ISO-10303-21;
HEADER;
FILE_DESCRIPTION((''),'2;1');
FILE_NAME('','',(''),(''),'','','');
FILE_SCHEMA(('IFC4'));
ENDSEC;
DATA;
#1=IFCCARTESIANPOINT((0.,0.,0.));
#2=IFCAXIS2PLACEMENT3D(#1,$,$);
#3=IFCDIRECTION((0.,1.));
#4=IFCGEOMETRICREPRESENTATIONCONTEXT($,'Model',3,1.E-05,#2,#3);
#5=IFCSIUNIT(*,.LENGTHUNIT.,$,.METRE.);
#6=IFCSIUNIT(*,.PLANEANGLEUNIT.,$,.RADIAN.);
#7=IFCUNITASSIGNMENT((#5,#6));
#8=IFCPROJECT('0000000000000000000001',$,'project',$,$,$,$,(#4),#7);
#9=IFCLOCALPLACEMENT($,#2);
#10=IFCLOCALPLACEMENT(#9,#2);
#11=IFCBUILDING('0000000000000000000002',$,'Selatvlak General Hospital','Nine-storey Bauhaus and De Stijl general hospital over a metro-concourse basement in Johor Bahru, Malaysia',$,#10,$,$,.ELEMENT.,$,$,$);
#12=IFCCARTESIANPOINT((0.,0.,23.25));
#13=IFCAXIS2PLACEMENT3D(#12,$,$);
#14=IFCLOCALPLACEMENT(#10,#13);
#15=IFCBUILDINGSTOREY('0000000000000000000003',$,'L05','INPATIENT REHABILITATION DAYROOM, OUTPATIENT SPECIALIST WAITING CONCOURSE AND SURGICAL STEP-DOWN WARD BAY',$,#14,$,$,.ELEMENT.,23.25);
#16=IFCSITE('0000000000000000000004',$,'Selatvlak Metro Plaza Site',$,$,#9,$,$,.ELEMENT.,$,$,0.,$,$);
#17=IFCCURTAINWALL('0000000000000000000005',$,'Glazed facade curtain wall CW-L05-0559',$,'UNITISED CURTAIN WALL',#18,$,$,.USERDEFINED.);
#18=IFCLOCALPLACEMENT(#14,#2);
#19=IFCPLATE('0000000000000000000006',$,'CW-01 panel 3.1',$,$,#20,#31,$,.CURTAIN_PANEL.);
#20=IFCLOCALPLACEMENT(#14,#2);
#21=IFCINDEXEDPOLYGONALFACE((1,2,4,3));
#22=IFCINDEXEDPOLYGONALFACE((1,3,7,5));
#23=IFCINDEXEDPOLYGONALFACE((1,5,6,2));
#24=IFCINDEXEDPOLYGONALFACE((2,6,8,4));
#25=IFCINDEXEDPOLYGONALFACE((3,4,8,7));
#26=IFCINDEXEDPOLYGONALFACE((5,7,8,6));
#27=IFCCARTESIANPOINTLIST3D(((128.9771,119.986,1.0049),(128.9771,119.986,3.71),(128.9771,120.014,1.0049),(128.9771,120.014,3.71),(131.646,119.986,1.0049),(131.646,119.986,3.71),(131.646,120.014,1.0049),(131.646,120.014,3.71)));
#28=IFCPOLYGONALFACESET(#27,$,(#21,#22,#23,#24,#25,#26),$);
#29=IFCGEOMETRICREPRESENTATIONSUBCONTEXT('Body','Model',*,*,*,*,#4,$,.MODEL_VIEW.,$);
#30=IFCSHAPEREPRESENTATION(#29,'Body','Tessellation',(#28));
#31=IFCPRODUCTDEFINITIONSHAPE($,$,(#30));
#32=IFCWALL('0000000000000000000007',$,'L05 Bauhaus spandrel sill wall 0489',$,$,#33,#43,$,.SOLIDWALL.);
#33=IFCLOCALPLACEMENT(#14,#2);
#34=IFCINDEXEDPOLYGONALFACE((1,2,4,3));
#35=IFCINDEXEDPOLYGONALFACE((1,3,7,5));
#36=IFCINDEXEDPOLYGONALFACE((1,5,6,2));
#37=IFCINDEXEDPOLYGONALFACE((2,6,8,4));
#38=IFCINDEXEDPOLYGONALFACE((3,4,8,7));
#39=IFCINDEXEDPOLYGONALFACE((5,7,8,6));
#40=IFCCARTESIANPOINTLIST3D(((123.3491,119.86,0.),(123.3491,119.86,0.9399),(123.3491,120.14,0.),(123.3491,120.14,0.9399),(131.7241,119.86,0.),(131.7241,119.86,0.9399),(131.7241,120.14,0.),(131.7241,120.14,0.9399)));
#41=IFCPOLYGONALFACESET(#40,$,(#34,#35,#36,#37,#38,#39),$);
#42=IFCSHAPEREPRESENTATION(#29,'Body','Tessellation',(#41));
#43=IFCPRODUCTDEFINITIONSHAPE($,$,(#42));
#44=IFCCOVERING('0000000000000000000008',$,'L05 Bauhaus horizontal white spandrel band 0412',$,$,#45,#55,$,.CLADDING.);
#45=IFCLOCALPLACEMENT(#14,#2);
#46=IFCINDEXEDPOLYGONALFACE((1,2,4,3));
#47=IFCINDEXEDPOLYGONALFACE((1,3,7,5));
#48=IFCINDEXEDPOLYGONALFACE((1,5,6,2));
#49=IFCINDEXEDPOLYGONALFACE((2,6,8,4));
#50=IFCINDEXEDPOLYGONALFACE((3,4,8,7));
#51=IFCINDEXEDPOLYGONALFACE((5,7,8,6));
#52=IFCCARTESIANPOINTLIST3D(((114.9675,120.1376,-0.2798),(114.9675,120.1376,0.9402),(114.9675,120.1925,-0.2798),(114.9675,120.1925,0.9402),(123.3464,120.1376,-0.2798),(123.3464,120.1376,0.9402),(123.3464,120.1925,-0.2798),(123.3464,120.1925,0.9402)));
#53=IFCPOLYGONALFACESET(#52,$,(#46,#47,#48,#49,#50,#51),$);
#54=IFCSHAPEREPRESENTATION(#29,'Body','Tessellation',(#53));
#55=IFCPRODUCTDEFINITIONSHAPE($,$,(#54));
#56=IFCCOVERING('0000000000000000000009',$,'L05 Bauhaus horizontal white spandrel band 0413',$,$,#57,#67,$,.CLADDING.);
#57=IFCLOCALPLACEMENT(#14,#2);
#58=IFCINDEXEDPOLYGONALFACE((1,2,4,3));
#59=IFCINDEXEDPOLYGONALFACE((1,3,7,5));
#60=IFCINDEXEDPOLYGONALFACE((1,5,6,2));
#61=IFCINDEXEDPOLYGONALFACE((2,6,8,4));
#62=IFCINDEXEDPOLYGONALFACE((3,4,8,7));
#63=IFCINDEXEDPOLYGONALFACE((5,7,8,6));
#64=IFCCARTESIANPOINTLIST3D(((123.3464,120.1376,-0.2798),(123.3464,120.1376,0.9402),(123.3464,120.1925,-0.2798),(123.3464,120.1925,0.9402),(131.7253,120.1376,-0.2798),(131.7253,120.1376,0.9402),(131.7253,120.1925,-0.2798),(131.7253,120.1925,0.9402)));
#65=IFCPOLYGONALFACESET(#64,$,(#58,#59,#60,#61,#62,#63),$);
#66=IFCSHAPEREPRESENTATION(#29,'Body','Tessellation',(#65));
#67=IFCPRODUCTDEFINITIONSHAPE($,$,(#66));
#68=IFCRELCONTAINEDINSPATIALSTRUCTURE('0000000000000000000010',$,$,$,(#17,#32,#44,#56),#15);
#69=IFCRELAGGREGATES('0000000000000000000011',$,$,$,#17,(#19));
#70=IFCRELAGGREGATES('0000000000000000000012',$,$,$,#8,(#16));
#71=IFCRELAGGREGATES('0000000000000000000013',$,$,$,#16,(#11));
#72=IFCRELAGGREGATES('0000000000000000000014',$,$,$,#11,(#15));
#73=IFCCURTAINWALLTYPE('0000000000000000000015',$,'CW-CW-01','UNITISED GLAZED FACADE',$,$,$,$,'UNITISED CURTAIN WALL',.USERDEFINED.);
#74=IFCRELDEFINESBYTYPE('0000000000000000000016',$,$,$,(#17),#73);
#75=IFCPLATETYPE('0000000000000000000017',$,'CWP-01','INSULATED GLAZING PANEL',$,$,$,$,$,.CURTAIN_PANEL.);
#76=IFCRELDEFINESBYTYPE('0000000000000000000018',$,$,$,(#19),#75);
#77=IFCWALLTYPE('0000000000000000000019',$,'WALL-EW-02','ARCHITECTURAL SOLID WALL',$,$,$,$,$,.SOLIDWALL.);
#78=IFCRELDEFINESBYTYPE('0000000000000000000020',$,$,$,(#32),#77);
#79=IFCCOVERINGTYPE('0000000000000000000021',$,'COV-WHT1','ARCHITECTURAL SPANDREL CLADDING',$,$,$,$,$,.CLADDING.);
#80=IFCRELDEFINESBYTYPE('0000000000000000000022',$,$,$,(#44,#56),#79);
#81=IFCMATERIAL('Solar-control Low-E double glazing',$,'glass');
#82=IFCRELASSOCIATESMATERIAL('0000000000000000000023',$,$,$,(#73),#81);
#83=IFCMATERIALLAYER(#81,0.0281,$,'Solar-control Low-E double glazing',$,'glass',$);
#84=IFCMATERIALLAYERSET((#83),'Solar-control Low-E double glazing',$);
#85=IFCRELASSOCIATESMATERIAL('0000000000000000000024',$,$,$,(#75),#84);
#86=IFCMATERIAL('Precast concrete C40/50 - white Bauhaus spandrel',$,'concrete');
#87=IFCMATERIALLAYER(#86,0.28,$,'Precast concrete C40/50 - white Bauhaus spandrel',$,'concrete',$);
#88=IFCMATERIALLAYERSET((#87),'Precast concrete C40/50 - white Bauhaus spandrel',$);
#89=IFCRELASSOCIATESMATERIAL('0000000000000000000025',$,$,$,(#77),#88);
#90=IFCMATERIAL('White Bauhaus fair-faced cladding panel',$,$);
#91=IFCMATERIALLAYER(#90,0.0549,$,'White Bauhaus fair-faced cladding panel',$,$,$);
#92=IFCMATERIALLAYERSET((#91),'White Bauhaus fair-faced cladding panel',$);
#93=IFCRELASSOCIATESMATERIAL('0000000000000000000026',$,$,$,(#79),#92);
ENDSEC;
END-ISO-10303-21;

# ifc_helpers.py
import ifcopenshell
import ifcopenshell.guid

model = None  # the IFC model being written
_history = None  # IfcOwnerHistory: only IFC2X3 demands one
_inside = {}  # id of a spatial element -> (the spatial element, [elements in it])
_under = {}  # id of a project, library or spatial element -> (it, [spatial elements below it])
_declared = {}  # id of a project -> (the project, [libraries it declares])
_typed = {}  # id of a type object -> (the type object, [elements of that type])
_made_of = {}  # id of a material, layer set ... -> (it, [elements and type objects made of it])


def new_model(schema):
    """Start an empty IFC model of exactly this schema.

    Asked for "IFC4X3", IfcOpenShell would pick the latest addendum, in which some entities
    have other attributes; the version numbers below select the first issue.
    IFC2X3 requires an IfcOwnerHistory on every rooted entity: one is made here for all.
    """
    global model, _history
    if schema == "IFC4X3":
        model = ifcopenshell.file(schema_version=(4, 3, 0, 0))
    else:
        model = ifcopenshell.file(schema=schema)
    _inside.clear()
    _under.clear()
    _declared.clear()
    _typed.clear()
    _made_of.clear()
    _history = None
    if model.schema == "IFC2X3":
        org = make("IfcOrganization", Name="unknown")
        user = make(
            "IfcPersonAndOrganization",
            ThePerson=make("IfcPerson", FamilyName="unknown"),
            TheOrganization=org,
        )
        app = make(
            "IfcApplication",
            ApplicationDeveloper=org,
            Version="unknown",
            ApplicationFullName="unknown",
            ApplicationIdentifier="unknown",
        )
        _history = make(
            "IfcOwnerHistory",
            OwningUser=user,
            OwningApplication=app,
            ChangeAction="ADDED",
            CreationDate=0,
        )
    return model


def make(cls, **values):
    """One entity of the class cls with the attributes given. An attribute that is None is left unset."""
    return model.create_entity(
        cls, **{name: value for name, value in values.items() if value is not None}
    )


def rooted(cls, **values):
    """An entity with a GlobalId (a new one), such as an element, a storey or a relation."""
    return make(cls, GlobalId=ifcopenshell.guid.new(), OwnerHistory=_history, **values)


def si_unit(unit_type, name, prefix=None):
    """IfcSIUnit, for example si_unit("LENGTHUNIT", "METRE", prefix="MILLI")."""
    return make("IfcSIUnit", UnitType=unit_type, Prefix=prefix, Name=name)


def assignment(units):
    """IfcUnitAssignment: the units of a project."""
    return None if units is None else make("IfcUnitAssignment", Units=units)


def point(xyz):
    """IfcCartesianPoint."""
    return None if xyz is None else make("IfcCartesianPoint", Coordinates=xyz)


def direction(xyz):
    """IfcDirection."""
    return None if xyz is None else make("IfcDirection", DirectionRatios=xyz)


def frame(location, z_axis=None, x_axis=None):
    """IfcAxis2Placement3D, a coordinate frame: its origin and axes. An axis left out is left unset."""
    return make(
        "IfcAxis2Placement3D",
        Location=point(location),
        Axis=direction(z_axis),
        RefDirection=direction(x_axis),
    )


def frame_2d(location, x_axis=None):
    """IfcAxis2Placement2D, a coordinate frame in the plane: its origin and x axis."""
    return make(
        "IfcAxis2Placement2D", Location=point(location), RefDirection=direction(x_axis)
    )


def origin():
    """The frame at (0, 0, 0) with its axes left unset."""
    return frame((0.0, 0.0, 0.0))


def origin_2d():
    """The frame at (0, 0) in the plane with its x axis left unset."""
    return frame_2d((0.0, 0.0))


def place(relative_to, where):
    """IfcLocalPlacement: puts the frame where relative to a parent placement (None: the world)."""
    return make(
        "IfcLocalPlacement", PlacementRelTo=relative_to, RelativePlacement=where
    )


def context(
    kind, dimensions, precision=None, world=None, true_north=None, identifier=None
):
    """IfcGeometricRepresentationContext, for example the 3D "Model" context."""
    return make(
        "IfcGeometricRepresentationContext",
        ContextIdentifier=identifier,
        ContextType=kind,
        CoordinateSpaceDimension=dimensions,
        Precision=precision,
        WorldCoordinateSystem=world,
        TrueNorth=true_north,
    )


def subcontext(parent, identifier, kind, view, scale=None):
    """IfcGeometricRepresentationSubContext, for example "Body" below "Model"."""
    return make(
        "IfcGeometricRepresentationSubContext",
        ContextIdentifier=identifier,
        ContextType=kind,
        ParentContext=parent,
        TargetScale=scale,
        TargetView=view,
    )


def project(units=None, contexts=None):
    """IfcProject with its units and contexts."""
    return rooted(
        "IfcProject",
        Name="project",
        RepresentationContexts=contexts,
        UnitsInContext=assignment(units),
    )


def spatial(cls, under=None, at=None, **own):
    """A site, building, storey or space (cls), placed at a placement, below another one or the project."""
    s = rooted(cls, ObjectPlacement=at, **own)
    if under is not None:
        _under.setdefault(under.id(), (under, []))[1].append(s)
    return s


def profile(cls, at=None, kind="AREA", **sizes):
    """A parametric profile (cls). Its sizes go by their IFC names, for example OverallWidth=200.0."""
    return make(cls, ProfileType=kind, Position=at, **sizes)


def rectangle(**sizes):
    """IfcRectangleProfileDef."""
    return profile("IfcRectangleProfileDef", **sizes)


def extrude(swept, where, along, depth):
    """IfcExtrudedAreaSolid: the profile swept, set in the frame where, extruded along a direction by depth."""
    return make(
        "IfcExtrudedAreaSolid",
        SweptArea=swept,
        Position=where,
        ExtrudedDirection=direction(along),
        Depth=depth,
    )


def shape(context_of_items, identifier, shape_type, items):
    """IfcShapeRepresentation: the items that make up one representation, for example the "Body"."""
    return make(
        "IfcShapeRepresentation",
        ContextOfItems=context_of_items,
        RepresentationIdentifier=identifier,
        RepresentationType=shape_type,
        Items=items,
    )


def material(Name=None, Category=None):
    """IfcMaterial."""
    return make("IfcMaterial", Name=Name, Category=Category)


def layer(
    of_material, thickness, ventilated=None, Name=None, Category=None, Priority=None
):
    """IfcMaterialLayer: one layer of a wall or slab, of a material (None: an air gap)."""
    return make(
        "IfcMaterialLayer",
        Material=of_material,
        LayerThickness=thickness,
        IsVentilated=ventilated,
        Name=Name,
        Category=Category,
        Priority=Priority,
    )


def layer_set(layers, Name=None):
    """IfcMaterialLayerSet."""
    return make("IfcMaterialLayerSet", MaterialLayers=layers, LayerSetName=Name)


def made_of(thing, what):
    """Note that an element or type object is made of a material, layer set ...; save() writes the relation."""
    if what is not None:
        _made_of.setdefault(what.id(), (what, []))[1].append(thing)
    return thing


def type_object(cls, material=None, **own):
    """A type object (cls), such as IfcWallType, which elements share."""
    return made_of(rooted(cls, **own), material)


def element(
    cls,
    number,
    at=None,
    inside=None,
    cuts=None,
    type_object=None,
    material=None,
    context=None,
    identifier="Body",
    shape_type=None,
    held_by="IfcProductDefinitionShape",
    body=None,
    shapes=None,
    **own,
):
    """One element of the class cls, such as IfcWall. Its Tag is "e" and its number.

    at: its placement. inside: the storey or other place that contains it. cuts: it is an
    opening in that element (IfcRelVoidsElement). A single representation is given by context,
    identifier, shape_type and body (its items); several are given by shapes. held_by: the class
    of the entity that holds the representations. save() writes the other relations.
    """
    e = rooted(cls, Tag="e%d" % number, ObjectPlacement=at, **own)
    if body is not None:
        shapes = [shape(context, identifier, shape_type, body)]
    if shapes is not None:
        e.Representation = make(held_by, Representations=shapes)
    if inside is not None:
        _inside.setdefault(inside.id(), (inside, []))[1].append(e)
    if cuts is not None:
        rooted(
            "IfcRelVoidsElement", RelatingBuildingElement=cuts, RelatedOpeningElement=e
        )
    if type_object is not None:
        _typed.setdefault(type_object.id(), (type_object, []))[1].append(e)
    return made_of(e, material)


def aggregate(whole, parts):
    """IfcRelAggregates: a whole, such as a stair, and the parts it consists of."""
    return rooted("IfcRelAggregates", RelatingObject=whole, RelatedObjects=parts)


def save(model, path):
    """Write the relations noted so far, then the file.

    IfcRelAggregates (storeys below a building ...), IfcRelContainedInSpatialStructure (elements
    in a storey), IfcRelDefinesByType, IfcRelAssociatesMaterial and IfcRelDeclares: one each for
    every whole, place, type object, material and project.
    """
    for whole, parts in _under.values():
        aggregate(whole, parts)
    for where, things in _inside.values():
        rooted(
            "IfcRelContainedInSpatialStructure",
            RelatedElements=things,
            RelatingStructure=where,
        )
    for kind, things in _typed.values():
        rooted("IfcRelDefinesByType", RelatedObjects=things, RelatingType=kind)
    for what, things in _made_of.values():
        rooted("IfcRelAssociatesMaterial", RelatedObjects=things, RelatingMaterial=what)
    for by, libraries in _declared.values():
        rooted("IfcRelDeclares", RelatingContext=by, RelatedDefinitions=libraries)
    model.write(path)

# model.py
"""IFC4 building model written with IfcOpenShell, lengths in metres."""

from ifc_helpers import new_model, si_unit, direction, frame, frame_2d, origin, origin_2d, place, context, subcontext, project, spatial, rectangle, extrude, material, layer, layer_set, type_object, element, aggregate, save


model = new_model("IFC4")

# Units and contexts
model_context = context("Model", 3, precision=1e-05, world=origin(), true_north=direction((0.0, 1.0)))
body_context = subcontext(model_context, "Body", "Model", "MODEL_VIEW")
ifc_project = project(units=[si_unit("LENGTHUNIT", "METRE"), si_unit("PLANEANGLEUNIT", "RADIAN")], contexts=[model_context])

# Site, building, storey
site_placement = place(None, origin())
site = spatial("IfcSite", under=ifc_project, at=site_placement, Name="Selatvlak Metro Plaza Site", CompositionType="ELEMENT", RefElevation=0.0)
building_placement = place(site_placement, origin())
building = spatial("IfcBuilding", under=site, at=building_placement, Name="Selatvlak General Hospital", Description="Nine-storey Bauhaus and De Stijl general hospital over a metro-concourse basement in Johor Bahru, Malaysia", CompositionType="ELEMENT")
storey_placement = place(building_placement, frame((0.0, 0.0, 23.25)))
storey = spatial("IfcBuildingStorey", under=building, at=storey_placement, Name="L05", Description="INPATIENT REHABILITATION DAYROOM, OUTPATIENT SPECIALIST WAITING CONCOURSE AND SURGICAL STEP-DOWN WARD BAY", CompositionType="ELEMENT", Elevation=23.25)

# Curtain wall
ifc_material_1 = material(Name="Solar-control Low-E double glazing", Category="glass")
curtain_wall_type_1 = type_object("IfcCurtainWallType", Name="CW-CW-01", Description="UNITISED GLAZED FACADE", ElementType="UNITISED CURTAIN WALL", PredefinedType="USERDEFINED", material=ifc_material_1)
curtain_wall_1_placement = place(storey_placement, origin())
curtain_wall_1 = element("IfcCurtainWall", 1, at=curtain_wall_1_placement, inside=storey, type_object=curtain_wall_type_1, Name="Glazed facade curtain wall CW-L05-0559", ObjectType="UNITISED CURTAIN WALL", PredefinedType="USERDEFINED")

# Plate
ifc_layer_1 = layer(ifc_material_1, 0.0281, Name="Solar-control Low-E double glazing", Category="glass")
ifc_layer_set_1 = layer_set([ifc_layer_1], Name="Solar-control Low-E double glazing")
plate_type = type_object("IfcPlateType", Name="CWP-01", Description="INSULATED GLAZING PANEL", PredefinedType="CURTAIN_PANEL", material=ifc_layer_set_1)
plate_1_placement = place(storey_placement, frame((130.3115, 120.0, 1.0049), z_axis=(0.0, 0.0, 1.0), x_axis=(1.0, 0.0, 0.0)))
plate_1 = element("IfcPlate", 2, at=plate_1_placement, type_object=plate_type, Name="CW-01 panel 3.1", PredefinedType="CURTAIN_PANEL", context=body_context, shape_type="SweptSolid", body=[
    extrude(rectangle(XDim=2.6689, YDim=0.0281, at=origin_2d()), origin(), (0.0, 0.0, 1.0), 2.7051),
])
aggregate(curtain_wall_1, [plate_1])

# Wall
ifc_material_2 = material(Name="Precast concrete C40/50 - white Bauhaus spandrel", Category="concrete")
ifc_layer_2 = layer(ifc_material_2, 0.28, Name="Precast concrete C40/50 - white Bauhaus spandrel", Category="concrete")
ifc_layer_set_2 = layer_set([ifc_layer_2], Name="Precast concrete C40/50 - white Bauhaus spandrel")
wall_type = type_object("IfcWallType", Name="WALL-EW-02", Description="ARCHITECTURAL SOLID WALL", PredefinedType="SOLIDWALL", material=ifc_layer_set_2)
wall_placement = place(storey_placement, frame((123.3491, 120.0, 0.0), z_axis=(0.0, 0.0, 1.0), x_axis=(1.0, 0.0, 0.0)))
element("IfcWall", 3, at=wall_placement, inside=storey, type_object=wall_type, Name="L05 Bauhaus spandrel sill wall 0489", PredefinedType="SOLIDWALL", context=body_context, shape_type="SweptSolid", body=[
    extrude(rectangle(XDim=8.375, YDim=0.28, at=frame_2d((4.1875, 0.0))), origin(), (0.0, 0.0, 1.0), 0.9399),
])

# Coverings
ifc_material_3 = material(Name="White Bauhaus fair-faced cladding panel")
ifc_layer_3 = layer(ifc_material_3, 0.0549, Name="White Bauhaus fair-faced cladding panel")
ifc_layer_set_3 = layer_set([ifc_layer_3], Name="White Bauhaus fair-faced cladding panel")
covering_type = type_object("IfcCoveringType", Name="COV-WHT1", Description="ARCHITECTURAL SPANDREL CLADDING", PredefinedType="CLADDING", material=ifc_layer_set_3)
for number, where, z_axis, x_axis, name in (
    (4, (119.157, 120.165, -0.2798), (0.0, 0.0, 1.0), (1.0, 0.0, 0.0), "L05 Bauhaus horizontal white spandrel band 0412"),
    (5, (127.5359, 120.165, -0.2798), (0.0, 0.0, 1.0), (1.0, 0.0, 0.0), "L05 Bauhaus horizontal white spandrel band 0413"),
):
    element("IfcCovering", number, at=place(storey_placement, frame(where, z_axis=z_axis, x_axis=x_axis)), inside=storey, type_object=covering_type, Name=name, PredefinedType="CLADDING", context=body_context, shape_type="SweptSolid", body=[
        extrude(rectangle(XDim=8.3789, YDim=0.0549, at=origin_2d()), origin(), (0.0, 0.0, 1.0), 1.22),
    ])

save(model, "model.ifc")
